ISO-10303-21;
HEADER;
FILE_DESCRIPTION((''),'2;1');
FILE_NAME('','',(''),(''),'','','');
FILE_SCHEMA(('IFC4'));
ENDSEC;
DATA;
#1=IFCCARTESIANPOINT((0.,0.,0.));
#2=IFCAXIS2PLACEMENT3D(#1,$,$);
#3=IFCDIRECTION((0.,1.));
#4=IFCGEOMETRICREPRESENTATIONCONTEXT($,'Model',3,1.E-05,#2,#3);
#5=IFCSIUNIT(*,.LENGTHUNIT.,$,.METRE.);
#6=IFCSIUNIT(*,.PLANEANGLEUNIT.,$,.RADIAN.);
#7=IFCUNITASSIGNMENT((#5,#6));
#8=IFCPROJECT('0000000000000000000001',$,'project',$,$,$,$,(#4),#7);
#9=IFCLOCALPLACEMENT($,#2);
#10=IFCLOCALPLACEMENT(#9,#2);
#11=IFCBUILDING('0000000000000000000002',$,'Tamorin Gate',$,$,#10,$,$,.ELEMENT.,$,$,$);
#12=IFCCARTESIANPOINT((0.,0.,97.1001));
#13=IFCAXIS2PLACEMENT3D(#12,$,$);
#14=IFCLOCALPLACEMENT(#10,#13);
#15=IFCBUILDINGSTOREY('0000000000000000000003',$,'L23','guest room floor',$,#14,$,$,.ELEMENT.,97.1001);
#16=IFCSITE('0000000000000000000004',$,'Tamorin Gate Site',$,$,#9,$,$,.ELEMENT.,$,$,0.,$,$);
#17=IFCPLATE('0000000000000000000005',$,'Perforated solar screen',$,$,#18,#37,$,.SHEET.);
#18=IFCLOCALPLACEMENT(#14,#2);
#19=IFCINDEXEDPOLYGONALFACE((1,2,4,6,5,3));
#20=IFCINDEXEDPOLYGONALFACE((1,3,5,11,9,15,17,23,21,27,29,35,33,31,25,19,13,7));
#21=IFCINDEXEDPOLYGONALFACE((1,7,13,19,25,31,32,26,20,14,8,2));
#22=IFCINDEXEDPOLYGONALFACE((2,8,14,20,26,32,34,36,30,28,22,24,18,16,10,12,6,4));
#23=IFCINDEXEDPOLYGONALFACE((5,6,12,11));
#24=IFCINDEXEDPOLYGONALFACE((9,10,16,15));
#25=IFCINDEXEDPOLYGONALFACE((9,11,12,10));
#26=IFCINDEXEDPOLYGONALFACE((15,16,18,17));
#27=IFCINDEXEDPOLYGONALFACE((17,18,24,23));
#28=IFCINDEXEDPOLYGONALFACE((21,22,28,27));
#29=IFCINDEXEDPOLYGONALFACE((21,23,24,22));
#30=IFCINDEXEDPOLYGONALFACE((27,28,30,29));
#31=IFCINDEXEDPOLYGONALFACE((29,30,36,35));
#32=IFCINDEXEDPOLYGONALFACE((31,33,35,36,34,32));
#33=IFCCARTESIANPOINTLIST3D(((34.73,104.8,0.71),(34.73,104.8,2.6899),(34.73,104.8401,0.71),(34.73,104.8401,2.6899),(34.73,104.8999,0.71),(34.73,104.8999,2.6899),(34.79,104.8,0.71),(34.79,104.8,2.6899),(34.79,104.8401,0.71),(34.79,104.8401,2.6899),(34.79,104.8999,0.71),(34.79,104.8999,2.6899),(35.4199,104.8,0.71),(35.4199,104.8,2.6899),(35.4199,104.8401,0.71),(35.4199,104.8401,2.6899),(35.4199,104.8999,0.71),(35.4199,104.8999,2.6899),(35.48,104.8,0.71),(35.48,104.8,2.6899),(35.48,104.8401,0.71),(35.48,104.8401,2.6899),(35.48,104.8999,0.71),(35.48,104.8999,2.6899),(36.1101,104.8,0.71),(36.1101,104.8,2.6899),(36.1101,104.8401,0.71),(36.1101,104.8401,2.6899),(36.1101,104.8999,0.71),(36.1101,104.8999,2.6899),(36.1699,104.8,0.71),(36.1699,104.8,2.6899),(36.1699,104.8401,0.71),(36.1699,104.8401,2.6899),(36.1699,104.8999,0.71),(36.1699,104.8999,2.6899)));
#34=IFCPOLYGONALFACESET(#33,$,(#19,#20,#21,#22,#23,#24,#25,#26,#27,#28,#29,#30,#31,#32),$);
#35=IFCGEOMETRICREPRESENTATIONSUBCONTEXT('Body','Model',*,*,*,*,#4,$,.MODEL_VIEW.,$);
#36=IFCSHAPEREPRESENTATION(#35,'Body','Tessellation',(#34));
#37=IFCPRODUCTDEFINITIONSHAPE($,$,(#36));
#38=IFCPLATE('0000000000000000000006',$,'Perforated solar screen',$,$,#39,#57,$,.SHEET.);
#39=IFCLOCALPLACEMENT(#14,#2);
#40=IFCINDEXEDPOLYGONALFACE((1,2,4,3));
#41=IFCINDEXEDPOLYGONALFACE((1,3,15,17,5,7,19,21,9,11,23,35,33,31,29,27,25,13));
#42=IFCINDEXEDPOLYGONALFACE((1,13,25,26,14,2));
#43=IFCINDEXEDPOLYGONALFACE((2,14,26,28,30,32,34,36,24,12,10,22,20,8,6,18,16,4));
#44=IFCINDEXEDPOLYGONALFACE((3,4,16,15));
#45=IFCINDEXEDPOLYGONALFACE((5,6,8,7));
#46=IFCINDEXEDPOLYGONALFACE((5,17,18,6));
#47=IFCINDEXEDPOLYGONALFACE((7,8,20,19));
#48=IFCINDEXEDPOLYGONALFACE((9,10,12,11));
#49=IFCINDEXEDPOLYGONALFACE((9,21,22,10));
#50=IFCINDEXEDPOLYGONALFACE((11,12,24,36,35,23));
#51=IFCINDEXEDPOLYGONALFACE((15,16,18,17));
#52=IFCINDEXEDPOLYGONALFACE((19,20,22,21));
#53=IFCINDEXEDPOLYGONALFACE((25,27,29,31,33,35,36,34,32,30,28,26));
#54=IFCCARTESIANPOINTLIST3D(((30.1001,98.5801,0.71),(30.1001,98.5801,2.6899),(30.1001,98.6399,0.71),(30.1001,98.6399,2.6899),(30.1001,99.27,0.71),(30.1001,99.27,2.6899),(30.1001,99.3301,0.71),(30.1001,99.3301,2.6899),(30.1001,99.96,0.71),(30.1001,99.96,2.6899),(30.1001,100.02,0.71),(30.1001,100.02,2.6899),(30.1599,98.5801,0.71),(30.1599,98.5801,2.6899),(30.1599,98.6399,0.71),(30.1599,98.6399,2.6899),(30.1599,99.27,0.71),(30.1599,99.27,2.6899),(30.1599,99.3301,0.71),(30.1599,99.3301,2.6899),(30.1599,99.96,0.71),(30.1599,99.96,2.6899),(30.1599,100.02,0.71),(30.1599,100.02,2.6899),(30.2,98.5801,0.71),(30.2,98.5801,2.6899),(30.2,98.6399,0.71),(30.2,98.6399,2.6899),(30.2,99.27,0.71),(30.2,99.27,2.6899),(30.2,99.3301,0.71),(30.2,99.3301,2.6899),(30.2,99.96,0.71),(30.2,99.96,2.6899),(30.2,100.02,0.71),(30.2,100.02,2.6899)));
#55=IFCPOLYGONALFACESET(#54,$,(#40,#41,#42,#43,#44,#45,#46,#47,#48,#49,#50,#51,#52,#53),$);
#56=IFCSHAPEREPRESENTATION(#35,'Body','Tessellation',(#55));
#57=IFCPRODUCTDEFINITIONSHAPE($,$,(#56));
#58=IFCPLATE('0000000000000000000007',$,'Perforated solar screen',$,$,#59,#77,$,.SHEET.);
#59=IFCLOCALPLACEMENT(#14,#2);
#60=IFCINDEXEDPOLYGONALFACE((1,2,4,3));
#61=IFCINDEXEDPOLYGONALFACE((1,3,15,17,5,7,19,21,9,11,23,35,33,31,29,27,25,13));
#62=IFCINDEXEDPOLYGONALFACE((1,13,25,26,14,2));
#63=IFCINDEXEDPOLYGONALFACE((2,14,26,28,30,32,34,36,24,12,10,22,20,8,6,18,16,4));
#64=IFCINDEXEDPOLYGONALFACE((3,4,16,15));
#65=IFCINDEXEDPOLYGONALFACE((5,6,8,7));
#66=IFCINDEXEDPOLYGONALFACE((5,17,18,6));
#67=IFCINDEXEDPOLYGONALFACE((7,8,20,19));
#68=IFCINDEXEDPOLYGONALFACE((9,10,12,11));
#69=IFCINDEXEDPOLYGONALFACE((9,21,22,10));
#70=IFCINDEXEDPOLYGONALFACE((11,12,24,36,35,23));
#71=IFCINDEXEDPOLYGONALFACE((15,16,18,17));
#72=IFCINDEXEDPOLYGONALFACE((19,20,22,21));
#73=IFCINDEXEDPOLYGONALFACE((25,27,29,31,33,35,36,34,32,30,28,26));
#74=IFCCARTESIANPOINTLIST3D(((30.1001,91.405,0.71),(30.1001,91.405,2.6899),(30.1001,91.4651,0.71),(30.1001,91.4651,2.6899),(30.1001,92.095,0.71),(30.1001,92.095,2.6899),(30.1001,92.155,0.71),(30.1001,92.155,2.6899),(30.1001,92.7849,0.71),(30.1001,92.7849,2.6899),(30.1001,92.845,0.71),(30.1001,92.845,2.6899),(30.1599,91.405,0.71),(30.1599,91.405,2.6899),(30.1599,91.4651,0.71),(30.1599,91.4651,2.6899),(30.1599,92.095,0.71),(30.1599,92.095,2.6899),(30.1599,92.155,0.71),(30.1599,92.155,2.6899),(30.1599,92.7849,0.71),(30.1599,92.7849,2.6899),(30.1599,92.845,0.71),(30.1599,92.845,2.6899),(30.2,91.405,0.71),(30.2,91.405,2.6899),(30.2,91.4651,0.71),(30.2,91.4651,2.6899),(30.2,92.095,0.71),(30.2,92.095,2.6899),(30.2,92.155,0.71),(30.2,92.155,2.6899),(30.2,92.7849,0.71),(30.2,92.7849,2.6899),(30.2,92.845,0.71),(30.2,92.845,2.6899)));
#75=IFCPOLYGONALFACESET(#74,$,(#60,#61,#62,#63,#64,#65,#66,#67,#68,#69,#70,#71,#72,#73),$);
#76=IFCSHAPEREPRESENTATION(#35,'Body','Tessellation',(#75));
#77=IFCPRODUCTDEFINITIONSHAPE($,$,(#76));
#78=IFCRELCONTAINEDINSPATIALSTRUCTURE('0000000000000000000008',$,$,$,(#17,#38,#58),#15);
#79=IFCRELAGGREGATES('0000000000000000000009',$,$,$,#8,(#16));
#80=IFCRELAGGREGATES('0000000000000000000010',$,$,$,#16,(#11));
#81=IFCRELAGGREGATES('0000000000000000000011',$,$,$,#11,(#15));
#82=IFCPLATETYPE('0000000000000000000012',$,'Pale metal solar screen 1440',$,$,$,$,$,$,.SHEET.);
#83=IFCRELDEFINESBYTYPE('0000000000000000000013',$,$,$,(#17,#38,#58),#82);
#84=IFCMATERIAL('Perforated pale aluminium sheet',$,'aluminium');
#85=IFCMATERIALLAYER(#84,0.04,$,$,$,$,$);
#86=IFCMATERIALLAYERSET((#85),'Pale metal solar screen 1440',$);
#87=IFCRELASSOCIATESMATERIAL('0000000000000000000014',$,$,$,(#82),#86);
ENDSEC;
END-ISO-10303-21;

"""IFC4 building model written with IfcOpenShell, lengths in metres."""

from ifc_helpers import new_model, si_unit, direction, frame, origin, place, context, subcontext, project, spatial, polyline, outline, extrude, material, layer, layer_set, type_object, element, save


model = new_model("IFC4")

# Units and contexts
model_context = context("Model", 3, precision=1e-05, world=origin(), true_north=direction((0.0, 1.0)))
body_context = subcontext(model_context, "Body", "Model", "MODEL_VIEW")
ifc_project = project(units=[si_unit("LENGTHUNIT", "METRE"), si_unit("PLANEANGLEUNIT", "RADIAN")], contexts=[model_context])

# Site, building, storey
site_placement = place(None, origin())
site = spatial("IfcSite", under=ifc_project, at=site_placement, Name="Tamorin Gate Site", CompositionType="ELEMENT", RefElevation=0.0)
building_placement = place(site_placement, origin())
building = spatial("IfcBuilding", under=site, at=building_placement, Name="Tamorin Gate", CompositionType="ELEMENT")
storey_placement = place(building_placement, frame((0.0, 0.0, 97.1001)))
storey = spatial("IfcBuildingStorey", under=building, at=storey_placement, Name="L23", Description="guest room floor", CompositionType="ELEMENT", Elevation=97.1001)

# Plates
ifc_material = material(Name="Perforated pale aluminium sheet", Category="aluminium")
ifc_layer = layer(ifc_material, 0.04)
ifc_layer_set = layer_set([ifc_layer], Name="Pale metal solar screen 1440")
plate_type = type_object("IfcPlateType", Name="Pale metal solar screen 1440", PredefinedType="SHEET", material=ifc_layer_set)
plate_1_placement = place(storey_placement, frame((0.0, 0.0, 0.71)))
element("IfcPlate", 1, at=plate_1_placement, inside=storey, type_object=plate_type, Name="Perforated solar screen", PredefinedType="SHEET", context=body_context, shape_type="SweptSolid", body=[
    extrude(outline(polyline([(36.1699, 104.8401), (36.1699, 104.8), (36.1101, 104.8), (35.48, 104.8), (35.4199, 104.8), (34.79, 104.8), (34.73, 104.8), (34.73, 104.8401), (34.73, 104.8999), (34.79, 104.8999), (34.79, 104.8401), (35.4199, 104.8401), (35.4199, 104.8999), (35.48, 104.8999), (35.48, 104.8401), (36.1101, 104.8401), (36.1101, 104.8999), (36.1699, 104.8999), (36.1699, 104.8401)])), origin(), (0.0, 0.0, 1.0), 1.98),
])
plate_2_placement = place(storey_placement, frame((0.0, 0.0, 0.71)))
element("IfcPlate", 2, at=plate_2_placement, inside=storey, type_object=plate_type, Name="Perforated solar screen", PredefinedType="SHEET", context=body_context, shape_type="SweptSolid", body=[
    extrude(outline(polyline([(30.1599, 100.02), (30.2, 100.02), (30.2, 99.96), (30.2, 99.3301), (30.2, 99.27), (30.2, 98.6399), (30.2, 98.5801), (30.1599, 98.5801), (30.1001, 98.5801), (30.1001, 98.6399), (30.1599, 98.6399), (30.1599, 99.27), (30.1001, 99.27), (30.1001, 99.3301), (30.1599, 99.3301), (30.1599, 99.96), (30.1001, 99.96), (30.1001, 100.02), (30.1599, 100.02)])), origin(), (0.0, 0.0, 1.0), 1.98),
])
plate_3_placement = place(storey_placement, frame((0.0, 0.0, 0.71)))
element("IfcPlate", 3, at=plate_3_placement, inside=storey, type_object=plate_type, Name="Perforated solar screen", PredefinedType="SHEET", context=body_context, shape_type="SweptSolid", body=[
    extrude(outline(polyline([(30.1599, 92.845), (30.2, 92.845), (30.2, 92.7849), (30.2, 92.155), (30.2, 92.095), (30.2, 91.4651), (30.2, 91.405), (30.1599, 91.405), (30.1001, 91.405), (30.1001, 91.4651), (30.1599, 91.4651), (30.1599, 92.095), (30.1001, 92.095), (30.1001, 92.155), (30.1599, 92.155), (30.1599, 92.7849), (30.1001, 92.7849), (30.1001, 92.845), (30.1599, 92.845)])), origin(), (0.0, 0.0, 1.0), 1.98),
])

save(model, "model.ifc")
